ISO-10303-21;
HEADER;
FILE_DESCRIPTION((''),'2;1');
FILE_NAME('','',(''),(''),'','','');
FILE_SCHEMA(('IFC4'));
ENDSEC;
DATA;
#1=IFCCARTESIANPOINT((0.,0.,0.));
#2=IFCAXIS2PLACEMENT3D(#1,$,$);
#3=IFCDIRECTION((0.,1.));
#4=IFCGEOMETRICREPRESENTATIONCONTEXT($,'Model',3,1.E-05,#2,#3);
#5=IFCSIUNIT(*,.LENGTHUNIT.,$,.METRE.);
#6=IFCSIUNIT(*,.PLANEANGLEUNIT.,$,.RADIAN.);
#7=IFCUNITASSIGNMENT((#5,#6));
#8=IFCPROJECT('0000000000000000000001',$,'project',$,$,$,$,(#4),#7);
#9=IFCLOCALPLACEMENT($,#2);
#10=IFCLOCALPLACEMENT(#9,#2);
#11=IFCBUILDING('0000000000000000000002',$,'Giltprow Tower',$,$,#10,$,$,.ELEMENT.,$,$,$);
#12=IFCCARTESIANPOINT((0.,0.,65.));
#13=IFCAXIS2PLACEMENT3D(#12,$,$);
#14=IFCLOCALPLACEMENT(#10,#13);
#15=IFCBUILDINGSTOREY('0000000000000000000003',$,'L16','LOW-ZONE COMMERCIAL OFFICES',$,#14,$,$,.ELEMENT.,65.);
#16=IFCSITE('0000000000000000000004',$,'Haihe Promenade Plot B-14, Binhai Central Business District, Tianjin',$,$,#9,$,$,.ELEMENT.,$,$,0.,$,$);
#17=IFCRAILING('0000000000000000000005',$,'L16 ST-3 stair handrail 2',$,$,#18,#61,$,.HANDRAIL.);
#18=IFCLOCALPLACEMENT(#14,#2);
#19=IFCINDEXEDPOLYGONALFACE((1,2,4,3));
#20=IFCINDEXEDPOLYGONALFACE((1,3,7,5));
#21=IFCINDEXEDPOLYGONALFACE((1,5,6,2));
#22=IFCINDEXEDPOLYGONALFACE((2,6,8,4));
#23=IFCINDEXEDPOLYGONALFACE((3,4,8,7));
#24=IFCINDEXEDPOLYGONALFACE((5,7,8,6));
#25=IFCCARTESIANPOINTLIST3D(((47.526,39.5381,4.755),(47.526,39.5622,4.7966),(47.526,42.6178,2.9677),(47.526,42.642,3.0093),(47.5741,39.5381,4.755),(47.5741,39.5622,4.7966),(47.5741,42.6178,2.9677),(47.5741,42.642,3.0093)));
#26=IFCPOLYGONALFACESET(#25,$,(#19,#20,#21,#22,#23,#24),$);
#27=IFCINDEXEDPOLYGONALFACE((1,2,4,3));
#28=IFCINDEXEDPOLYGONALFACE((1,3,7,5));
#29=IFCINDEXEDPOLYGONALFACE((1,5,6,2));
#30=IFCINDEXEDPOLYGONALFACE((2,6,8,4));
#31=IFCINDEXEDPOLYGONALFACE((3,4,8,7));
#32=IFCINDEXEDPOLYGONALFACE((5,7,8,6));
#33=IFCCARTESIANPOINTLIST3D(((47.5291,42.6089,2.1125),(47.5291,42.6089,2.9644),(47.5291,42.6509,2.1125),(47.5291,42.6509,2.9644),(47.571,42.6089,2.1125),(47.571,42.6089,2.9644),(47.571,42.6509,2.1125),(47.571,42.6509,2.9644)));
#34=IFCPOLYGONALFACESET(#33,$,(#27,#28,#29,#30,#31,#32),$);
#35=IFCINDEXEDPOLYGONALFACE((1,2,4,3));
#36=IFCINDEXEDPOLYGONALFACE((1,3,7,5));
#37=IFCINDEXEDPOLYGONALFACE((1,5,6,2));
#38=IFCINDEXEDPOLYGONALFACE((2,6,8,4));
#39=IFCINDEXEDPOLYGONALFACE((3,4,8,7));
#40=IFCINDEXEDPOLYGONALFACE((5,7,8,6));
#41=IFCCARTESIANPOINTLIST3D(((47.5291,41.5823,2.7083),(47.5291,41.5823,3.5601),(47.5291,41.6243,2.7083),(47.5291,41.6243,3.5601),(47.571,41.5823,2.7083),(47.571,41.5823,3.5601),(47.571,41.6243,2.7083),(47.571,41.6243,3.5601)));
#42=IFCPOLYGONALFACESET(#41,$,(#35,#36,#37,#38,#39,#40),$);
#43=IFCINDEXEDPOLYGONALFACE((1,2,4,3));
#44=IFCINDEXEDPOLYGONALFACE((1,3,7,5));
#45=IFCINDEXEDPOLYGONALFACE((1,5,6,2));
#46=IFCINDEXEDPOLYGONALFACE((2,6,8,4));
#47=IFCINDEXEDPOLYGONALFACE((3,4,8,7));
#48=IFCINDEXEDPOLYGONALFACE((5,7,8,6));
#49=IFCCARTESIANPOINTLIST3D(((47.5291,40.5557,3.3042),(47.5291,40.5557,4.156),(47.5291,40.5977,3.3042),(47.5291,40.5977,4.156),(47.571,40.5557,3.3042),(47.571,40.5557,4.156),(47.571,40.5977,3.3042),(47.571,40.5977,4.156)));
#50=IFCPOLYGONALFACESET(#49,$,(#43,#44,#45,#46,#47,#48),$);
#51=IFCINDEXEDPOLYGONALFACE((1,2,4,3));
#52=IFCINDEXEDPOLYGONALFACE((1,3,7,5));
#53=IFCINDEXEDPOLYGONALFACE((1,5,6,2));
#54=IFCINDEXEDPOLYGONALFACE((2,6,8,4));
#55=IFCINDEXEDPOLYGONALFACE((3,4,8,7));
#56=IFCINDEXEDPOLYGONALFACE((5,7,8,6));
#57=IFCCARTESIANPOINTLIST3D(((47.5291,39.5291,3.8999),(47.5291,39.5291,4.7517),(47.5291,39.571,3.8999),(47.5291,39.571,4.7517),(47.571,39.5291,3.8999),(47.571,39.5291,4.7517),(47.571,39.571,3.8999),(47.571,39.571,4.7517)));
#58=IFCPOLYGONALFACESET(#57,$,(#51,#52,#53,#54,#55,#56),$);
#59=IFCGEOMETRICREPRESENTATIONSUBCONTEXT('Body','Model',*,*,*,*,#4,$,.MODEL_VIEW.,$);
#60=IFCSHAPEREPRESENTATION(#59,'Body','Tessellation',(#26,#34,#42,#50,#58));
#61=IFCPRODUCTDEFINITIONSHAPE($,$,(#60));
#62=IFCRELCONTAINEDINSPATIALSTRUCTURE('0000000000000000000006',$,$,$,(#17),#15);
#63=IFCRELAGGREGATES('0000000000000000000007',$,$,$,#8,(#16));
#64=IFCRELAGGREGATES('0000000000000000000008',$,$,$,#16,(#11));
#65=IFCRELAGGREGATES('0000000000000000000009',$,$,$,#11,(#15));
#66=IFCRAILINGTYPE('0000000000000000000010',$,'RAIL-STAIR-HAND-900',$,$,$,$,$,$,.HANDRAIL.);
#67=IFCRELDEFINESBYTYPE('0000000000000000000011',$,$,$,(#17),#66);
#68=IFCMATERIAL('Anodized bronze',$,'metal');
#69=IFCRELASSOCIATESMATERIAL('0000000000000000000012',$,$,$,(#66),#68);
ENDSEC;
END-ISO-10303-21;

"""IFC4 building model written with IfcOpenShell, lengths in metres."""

from ifc_helpers import new_model, si_unit, direction, frame, origin, origin_2d, place, context, subcontext, project, spatial, rectangle, extrude, material, type_object, element, save


model = new_model("IFC4")

# Units and contexts
model_context = context("Model", 3, precision=1e-05, world=origin(), true_north=direction((0.0, 1.0)))
body_context = subcontext(model_context, "Body", "Model", "MODEL_VIEW")
ifc_project = project(units=[si_unit("LENGTHUNIT", "METRE"), si_unit("PLANEANGLEUNIT", "RADIAN")], contexts=[model_context])

# Site, building, storey
site_placement = place(None, origin())
site = spatial("IfcSite", under=ifc_project, at=site_placement, Name="Haihe Promenade Plot B-14, Binhai Central Business District, Tianjin", CompositionType="ELEMENT", RefElevation=0.0)
building_placement = place(site_placement, origin())
building = spatial("IfcBuilding", under=site, at=building_placement, Name="Giltprow Tower", CompositionType="ELEMENT")
storey_placement = place(building_placement, frame((0.0, 0.0, 65.0)))
storey = spatial("IfcBuildingStorey", under=building, at=storey_placement, Name="L16", Description="LOW-ZONE COMMERCIAL OFFICES", CompositionType="ELEMENT", Elevation=65.0)

# Railing
ifc_material_1 = material(Name="Anodized bronze", Category="metal")
railing_type_1 = type_object("IfcRailingType", Name="RAIL-STAIR-HAND-900", PredefinedType="HANDRAIL", material=ifc_material_1)
railing_1_placement = place(storey_placement, frame((47.55, 42.6299, 2.1125)))
element("IfcRailing", 1, at=railing_1_placement, inside=storey, type_object=railing_type_1, Name="L16 ST-3 stair handrail 2", PredefinedType="HANDRAIL", context=body_context, shape_type="SweptSolid", body=[
    extrude(rectangle(XDim=0.0481, YDim=0.0481, at=origin_2d()), frame((0.0, 0.0, 0.876), z_axis=(0.0, -0.864903, 0.501939), x_axis=(1.0, 0.0, 0.0)), (0.0, 0.0, 1.0), 3.5608),
    extrude(rectangle(XDim=0.042, YDim=0.042, at=origin_2d()), origin(), (0.0, 0.0, 1.0), 0.8518),
    extrude(rectangle(XDim=0.042, YDim=0.042, at=origin_2d()), frame((0.0, -1.0266, 0.5957)), (0.0, 0.0, 1.0), 0.8518),
    extrude(rectangle(XDim=0.042, YDim=0.042, at=origin_2d()), frame((0.0, -2.0532, 1.1917)), (0.0, 0.0, 1.0), 0.8518),
    extrude(rectangle(XDim=0.042, YDim=0.042, at=origin_2d()), frame((0.0, -3.0798, 1.7874)), (0.0, 0.0, 1.0), 0.8518),
])

save(model, "model.ifc")
